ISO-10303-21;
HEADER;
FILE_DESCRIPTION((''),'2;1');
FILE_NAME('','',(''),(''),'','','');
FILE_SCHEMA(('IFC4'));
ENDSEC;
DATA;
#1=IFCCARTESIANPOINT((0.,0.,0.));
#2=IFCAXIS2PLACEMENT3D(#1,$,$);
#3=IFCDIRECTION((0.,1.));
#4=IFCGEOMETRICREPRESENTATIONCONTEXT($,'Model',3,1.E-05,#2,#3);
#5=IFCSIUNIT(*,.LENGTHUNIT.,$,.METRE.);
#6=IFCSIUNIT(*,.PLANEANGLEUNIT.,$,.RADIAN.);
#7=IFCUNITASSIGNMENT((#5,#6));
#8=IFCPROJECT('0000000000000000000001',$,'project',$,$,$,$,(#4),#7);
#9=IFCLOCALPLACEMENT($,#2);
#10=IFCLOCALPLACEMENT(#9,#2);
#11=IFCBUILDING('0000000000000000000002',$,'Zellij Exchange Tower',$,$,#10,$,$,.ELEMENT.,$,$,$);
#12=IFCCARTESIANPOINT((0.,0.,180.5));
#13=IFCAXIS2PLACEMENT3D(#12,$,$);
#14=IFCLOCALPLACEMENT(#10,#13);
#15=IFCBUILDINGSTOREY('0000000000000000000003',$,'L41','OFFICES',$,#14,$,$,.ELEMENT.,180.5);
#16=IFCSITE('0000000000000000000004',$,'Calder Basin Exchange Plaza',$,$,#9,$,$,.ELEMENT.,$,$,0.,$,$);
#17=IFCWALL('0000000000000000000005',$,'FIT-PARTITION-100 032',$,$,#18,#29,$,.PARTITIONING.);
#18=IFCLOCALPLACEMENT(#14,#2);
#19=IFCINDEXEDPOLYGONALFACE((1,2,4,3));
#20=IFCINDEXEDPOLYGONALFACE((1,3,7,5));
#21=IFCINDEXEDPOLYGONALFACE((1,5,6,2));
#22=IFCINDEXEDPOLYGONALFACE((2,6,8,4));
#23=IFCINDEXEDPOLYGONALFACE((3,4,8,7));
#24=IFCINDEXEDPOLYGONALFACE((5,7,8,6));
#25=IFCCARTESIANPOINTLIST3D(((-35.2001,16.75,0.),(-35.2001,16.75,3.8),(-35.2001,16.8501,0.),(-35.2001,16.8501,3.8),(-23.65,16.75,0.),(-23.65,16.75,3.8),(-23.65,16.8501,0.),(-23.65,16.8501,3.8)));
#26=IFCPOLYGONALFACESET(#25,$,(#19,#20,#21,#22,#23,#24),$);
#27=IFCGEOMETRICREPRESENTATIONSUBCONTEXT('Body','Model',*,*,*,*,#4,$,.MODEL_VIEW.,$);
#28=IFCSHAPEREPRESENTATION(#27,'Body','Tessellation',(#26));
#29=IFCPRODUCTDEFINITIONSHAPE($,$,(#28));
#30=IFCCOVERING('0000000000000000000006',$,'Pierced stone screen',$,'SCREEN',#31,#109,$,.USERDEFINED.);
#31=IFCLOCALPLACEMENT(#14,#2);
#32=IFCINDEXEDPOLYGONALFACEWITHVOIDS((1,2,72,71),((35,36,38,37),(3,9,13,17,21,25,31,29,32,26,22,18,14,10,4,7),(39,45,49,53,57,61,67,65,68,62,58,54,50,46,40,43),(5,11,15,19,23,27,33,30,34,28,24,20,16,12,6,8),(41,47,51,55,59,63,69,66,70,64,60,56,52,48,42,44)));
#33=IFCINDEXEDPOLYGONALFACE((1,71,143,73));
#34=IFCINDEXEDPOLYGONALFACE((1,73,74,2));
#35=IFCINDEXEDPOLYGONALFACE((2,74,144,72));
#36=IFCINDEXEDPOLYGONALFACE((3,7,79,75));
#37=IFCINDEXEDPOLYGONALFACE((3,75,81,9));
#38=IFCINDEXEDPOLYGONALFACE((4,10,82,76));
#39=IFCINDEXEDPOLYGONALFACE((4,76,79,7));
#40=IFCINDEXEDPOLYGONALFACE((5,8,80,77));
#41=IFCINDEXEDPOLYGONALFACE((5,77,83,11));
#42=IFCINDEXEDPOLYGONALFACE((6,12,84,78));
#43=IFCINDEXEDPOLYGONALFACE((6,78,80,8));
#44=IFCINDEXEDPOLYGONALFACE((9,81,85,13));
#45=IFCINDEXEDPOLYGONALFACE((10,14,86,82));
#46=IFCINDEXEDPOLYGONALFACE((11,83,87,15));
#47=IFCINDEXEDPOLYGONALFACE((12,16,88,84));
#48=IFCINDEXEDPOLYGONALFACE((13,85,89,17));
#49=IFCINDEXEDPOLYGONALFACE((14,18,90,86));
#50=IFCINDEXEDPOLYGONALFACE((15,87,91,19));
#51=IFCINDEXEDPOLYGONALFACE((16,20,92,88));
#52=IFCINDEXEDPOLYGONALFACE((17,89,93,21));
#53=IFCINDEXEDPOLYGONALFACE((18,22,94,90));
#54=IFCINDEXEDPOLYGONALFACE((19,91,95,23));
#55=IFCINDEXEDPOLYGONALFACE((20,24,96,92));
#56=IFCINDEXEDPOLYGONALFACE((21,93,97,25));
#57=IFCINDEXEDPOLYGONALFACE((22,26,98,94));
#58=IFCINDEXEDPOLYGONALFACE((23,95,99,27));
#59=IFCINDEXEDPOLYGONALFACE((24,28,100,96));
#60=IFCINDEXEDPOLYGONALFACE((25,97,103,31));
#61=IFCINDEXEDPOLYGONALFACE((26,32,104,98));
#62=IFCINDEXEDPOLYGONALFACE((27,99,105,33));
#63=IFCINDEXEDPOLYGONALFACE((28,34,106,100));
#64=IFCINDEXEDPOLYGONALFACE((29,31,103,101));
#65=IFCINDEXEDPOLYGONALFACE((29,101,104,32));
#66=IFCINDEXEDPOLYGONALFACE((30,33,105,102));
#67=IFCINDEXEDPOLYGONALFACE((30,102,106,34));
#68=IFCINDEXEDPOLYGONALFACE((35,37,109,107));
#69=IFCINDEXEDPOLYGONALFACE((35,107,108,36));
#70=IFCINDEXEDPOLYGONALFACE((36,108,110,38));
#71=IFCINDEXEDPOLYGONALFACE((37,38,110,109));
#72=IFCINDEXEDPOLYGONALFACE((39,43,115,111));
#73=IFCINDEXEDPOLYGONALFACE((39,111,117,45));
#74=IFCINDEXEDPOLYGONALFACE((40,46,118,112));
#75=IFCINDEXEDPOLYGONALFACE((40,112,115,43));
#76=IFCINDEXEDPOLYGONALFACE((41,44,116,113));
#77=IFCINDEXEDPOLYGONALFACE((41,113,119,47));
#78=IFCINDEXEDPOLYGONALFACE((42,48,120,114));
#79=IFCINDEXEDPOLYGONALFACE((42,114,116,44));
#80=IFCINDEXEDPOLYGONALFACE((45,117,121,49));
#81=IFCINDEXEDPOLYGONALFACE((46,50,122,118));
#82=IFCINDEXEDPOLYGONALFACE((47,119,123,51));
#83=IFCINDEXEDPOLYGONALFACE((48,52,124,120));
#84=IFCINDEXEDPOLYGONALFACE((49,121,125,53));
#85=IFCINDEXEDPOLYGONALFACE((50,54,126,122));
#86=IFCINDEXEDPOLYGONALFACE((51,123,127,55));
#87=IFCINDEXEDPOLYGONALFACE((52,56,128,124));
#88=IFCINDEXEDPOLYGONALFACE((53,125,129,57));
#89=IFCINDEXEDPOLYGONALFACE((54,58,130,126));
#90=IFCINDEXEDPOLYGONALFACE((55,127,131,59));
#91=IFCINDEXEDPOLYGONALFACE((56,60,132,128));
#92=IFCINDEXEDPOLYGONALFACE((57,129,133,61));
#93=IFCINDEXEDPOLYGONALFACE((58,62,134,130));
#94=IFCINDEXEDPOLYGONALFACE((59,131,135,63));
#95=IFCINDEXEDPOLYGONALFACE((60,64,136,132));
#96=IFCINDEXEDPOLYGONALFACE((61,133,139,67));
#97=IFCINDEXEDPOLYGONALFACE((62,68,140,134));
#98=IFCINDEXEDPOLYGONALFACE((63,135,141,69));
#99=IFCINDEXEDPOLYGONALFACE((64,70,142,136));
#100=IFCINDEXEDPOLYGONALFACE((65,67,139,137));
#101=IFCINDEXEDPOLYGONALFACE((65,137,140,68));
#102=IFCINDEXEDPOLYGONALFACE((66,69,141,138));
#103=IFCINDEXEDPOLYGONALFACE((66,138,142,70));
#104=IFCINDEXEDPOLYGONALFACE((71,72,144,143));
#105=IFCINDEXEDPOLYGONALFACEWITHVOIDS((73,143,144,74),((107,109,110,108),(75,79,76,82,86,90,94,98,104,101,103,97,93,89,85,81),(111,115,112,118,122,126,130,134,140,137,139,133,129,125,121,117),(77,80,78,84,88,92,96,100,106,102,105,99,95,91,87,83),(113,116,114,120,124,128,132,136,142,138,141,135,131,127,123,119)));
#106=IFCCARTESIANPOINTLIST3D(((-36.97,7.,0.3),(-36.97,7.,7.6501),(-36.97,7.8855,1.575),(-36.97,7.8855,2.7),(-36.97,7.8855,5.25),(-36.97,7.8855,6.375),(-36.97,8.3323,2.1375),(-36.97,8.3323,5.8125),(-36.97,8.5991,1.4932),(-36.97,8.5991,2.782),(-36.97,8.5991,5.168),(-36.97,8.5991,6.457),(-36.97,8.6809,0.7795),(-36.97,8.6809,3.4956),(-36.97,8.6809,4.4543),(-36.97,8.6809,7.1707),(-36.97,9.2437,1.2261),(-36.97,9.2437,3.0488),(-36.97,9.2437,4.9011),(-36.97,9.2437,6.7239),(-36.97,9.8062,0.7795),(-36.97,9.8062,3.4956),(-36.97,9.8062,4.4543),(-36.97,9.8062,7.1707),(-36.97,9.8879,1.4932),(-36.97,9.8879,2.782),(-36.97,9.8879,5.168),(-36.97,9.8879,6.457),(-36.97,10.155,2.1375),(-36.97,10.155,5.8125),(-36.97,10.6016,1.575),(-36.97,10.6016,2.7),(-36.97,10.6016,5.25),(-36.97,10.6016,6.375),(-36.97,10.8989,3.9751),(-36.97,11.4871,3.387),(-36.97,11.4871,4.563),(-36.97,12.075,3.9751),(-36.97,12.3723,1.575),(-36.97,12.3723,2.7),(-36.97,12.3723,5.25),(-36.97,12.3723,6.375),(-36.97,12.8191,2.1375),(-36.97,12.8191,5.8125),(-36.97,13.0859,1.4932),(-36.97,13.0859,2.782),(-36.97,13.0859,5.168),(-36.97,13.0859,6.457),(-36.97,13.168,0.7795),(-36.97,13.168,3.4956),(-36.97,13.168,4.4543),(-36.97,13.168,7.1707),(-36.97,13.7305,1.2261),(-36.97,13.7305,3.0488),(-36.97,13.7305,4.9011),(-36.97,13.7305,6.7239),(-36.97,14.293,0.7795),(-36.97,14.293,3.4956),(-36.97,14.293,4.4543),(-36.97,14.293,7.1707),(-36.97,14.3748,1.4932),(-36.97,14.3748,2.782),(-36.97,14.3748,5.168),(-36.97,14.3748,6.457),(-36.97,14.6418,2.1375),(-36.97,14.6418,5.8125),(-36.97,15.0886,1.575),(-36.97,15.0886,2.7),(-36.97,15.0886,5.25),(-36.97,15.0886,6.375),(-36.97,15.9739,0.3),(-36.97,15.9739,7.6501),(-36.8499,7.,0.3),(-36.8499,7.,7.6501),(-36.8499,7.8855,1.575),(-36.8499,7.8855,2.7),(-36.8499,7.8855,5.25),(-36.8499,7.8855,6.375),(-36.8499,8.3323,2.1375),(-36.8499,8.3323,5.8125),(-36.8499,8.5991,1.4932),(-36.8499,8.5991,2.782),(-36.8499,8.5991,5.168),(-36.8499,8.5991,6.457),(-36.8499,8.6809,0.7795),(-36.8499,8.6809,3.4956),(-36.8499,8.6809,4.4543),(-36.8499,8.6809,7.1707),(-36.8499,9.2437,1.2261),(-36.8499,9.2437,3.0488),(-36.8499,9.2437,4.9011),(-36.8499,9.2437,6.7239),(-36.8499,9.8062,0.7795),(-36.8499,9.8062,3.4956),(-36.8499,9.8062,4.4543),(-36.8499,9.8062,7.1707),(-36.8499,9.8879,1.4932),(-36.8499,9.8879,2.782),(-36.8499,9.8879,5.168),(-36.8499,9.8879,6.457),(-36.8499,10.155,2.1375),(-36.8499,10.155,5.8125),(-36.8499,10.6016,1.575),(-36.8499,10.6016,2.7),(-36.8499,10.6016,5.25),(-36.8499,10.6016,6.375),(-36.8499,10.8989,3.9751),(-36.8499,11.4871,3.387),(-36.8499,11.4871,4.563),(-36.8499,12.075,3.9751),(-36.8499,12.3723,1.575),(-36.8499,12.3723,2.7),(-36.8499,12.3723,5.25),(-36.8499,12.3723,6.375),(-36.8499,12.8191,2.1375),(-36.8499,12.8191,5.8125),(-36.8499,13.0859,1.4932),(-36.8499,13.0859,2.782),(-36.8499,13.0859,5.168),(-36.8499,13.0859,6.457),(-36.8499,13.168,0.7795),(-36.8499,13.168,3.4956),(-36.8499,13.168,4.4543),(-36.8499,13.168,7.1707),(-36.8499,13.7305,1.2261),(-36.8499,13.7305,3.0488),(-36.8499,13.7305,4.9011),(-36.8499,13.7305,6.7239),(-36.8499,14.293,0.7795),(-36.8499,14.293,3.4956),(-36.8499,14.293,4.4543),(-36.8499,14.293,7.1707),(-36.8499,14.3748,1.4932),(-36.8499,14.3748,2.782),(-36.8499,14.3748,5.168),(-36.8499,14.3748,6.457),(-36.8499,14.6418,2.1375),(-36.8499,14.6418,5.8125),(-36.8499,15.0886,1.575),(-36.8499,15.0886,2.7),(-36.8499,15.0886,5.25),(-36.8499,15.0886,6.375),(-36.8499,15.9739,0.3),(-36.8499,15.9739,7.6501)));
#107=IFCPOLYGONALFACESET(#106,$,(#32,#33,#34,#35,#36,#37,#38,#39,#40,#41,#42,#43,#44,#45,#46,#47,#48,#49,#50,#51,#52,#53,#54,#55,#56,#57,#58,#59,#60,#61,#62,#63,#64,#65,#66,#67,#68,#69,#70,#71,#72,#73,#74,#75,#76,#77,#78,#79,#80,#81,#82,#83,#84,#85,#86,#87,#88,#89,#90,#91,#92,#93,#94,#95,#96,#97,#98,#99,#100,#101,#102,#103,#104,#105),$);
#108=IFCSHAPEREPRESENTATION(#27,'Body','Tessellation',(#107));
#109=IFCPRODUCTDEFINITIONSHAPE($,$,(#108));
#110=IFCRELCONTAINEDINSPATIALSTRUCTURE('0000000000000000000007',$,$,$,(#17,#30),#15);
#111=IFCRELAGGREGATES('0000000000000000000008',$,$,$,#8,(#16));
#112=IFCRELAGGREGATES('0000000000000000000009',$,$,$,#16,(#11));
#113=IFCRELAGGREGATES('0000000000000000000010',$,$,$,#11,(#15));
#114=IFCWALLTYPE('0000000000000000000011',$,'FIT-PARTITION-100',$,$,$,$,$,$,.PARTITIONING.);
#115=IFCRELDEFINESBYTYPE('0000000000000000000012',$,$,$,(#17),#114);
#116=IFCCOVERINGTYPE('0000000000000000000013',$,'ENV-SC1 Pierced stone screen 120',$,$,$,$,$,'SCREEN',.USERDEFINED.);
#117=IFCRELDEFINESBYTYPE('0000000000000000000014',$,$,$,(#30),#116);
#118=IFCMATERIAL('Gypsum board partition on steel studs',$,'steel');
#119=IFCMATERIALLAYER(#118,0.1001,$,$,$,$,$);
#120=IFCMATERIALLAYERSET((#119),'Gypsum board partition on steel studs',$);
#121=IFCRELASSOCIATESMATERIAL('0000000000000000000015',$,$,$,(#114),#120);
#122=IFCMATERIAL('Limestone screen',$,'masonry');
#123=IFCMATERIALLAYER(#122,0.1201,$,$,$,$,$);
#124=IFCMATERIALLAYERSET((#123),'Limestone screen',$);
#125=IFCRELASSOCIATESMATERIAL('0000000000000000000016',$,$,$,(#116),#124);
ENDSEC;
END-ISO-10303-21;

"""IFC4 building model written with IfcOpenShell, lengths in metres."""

from ifc_helpers import new_model, si_unit, direction, frame, frame_2d, origin, place, context, subcontext, project, spatial, polyline, rectangle, outline, extrude, material, layer, layer_set, type_object, element, save


model = new_model("IFC4")

# Units and contexts
model_context = context("Model", 3, precision=1e-05, world=origin(), true_north=direction((0.0, 1.0)))
body_context = subcontext(model_context, "Body", "Model", "MODEL_VIEW")
ifc_project = project(units=[si_unit("LENGTHUNIT", "METRE"), si_unit("PLANEANGLEUNIT", "RADIAN")], contexts=[model_context])

# Site, building, storey
site_placement = place(None, origin())
site = spatial("IfcSite", under=ifc_project, at=site_placement, Name="Calder Basin Exchange Plaza", CompositionType="ELEMENT", RefElevation=0.0)
building_placement = place(site_placement, origin())
building = spatial("IfcBuilding", under=site, at=building_placement, Name="Zellij Exchange Tower", CompositionType="ELEMENT")
storey_placement = place(building_placement, frame((0.0, 0.0, 180.5)))
storey = spatial("IfcBuildingStorey", under=building, at=storey_placement, Name="L41", Description="OFFICES", CompositionType="ELEMENT", Elevation=180.5)

# Shared definitions
ifc_material_1 = material(Name="Gypsum board partition on steel studs", Category="steel")
ifc_layer_1 = layer(ifc_material_1, 0.1001)
ifc_layer_set_1 = layer_set([ifc_layer_1], Name="Gypsum board partition on steel studs")
wall_type = type_object("IfcWallType", Name="FIT-PARTITION-100", PredefinedType="PARTITIONING", material=ifc_layer_set_1)

# Wall
wall_1_placement = place(storey_placement, frame((-35.2, 16.8, 0.0), z_axis=(0.0, 0.0, 1.0), x_axis=(1.0, 0.0, 0.0)))
element("IfcWall", 1, at=wall_1_placement, inside=storey, type_object=wall_type, Name="FIT-PARTITION-100 032", PredefinedType="PARTITIONING", context=body_context, shape_type="SweptSolid", body=[
    extrude(rectangle(XDim=11.55, YDim=0.1001, at=frame_2d((5.7749, 0.0))), origin(), (0.0, 0.0, 1.0), 3.8),
])

# Covering
ifc_material_2 = material(Name="Limestone screen", Category="masonry")
ifc_layer_2 = layer(ifc_material_2, 0.1201)
ifc_layer_set_2 = layer_set([ifc_layer_2], Name="Limestone screen")
covering_type = type_object("IfcCoveringType", Name="ENV-SC1 Pierced stone screen 120", ElementType="SCREEN", PredefinedType="USERDEFINED", material=ifc_layer_set_2)
covering_1_placement = place(storey_placement, frame((-36.9099, 15.9739, 0.3), z_axis=(0.0, 0.0, 1.0), x_axis=(0.0, -1.0, 0.0)))
element("IfcCovering", 2, at=covering_1_placement, inside=storey, type_object=covering_type, Name="Pierced stone screen", ObjectType="SCREEN", PredefinedType="USERDEFINED", context=body_context, shape_type="SweptSolid", body=[
    extrude(outline(polyline([(0.0, 0.0), (8.9739, 0.0), (8.9739, 7.3501), (0.0, 7.3501), (0.0, 0.0)]), holes=[polyline([(3.6016, 2.3999), (2.8879, 2.4819), (2.8059, 3.1956), (2.2434, 2.7488), (1.6809, 3.1956), (1.5991, 2.4819), (0.8853, 2.3999), (1.332, 1.8374), (0.8853, 1.2749), (1.5991, 1.1931), (1.6809, 0.4795), (2.2434, 0.926), (2.8059, 0.4795), (2.8879, 1.1931), (3.6016, 1.2749), (3.1548, 1.8374), (3.6016, 2.3999)]), polyline([(3.6016, 6.075), (2.8879, 6.157), (2.8059, 6.8706), (2.2434, 6.4238), (1.6809, 6.8706), (1.5991, 6.157), (0.8853, 6.075), (1.332, 5.5125), (0.8853, 4.95), (1.5991, 4.8679), (1.6809, 4.1543), (2.2434, 4.6011), (2.8059, 4.1543), (2.8879, 4.8679), (3.6016, 4.95), (3.1548, 5.5125), (3.6016, 6.075)]), polyline([(8.0884, 2.3999), (7.3748, 2.4819), (7.293, 3.1956), (6.7302, 2.7488), (6.1677, 3.1956), (6.0859, 2.4819), (5.3723, 2.3999), (5.8188, 1.8374), (5.3723, 1.2749), (6.0859, 1.1931), (6.1677, 0.4795), (6.7302, 0.926), (7.293, 0.4795), (7.3748, 1.1931), (8.0884, 1.2749), (7.6416, 1.8374), (8.0884, 2.3999)]), polyline([(8.0884, 6.075), (7.3748, 6.157), (7.293, 6.8706), (6.7302, 6.4238), (6.1677, 6.8706), (6.0859, 6.157), (5.3723, 6.075), (5.8188, 5.5125), (5.3723, 4.95), (6.0859, 4.8679), (6.1677, 4.1543), (6.7302, 4.6011), (7.293, 4.1543), (7.3748, 4.8679), (8.0884, 4.95), (7.6416, 5.5125), (8.0884, 6.075)]), polyline([(5.075, 3.675), (4.4868, 4.2629), (3.8989, 3.675), (4.4868, 3.0869), (5.075, 3.675)])]), frame((0.0, 0.0601, 0.0), z_axis=(0.0, -1.0, 0.0), x_axis=(1.0, 0.0, 0.0)), (0.0, 0.0, 1.0), 0.1201),
])

save(model, "model.ifc")
